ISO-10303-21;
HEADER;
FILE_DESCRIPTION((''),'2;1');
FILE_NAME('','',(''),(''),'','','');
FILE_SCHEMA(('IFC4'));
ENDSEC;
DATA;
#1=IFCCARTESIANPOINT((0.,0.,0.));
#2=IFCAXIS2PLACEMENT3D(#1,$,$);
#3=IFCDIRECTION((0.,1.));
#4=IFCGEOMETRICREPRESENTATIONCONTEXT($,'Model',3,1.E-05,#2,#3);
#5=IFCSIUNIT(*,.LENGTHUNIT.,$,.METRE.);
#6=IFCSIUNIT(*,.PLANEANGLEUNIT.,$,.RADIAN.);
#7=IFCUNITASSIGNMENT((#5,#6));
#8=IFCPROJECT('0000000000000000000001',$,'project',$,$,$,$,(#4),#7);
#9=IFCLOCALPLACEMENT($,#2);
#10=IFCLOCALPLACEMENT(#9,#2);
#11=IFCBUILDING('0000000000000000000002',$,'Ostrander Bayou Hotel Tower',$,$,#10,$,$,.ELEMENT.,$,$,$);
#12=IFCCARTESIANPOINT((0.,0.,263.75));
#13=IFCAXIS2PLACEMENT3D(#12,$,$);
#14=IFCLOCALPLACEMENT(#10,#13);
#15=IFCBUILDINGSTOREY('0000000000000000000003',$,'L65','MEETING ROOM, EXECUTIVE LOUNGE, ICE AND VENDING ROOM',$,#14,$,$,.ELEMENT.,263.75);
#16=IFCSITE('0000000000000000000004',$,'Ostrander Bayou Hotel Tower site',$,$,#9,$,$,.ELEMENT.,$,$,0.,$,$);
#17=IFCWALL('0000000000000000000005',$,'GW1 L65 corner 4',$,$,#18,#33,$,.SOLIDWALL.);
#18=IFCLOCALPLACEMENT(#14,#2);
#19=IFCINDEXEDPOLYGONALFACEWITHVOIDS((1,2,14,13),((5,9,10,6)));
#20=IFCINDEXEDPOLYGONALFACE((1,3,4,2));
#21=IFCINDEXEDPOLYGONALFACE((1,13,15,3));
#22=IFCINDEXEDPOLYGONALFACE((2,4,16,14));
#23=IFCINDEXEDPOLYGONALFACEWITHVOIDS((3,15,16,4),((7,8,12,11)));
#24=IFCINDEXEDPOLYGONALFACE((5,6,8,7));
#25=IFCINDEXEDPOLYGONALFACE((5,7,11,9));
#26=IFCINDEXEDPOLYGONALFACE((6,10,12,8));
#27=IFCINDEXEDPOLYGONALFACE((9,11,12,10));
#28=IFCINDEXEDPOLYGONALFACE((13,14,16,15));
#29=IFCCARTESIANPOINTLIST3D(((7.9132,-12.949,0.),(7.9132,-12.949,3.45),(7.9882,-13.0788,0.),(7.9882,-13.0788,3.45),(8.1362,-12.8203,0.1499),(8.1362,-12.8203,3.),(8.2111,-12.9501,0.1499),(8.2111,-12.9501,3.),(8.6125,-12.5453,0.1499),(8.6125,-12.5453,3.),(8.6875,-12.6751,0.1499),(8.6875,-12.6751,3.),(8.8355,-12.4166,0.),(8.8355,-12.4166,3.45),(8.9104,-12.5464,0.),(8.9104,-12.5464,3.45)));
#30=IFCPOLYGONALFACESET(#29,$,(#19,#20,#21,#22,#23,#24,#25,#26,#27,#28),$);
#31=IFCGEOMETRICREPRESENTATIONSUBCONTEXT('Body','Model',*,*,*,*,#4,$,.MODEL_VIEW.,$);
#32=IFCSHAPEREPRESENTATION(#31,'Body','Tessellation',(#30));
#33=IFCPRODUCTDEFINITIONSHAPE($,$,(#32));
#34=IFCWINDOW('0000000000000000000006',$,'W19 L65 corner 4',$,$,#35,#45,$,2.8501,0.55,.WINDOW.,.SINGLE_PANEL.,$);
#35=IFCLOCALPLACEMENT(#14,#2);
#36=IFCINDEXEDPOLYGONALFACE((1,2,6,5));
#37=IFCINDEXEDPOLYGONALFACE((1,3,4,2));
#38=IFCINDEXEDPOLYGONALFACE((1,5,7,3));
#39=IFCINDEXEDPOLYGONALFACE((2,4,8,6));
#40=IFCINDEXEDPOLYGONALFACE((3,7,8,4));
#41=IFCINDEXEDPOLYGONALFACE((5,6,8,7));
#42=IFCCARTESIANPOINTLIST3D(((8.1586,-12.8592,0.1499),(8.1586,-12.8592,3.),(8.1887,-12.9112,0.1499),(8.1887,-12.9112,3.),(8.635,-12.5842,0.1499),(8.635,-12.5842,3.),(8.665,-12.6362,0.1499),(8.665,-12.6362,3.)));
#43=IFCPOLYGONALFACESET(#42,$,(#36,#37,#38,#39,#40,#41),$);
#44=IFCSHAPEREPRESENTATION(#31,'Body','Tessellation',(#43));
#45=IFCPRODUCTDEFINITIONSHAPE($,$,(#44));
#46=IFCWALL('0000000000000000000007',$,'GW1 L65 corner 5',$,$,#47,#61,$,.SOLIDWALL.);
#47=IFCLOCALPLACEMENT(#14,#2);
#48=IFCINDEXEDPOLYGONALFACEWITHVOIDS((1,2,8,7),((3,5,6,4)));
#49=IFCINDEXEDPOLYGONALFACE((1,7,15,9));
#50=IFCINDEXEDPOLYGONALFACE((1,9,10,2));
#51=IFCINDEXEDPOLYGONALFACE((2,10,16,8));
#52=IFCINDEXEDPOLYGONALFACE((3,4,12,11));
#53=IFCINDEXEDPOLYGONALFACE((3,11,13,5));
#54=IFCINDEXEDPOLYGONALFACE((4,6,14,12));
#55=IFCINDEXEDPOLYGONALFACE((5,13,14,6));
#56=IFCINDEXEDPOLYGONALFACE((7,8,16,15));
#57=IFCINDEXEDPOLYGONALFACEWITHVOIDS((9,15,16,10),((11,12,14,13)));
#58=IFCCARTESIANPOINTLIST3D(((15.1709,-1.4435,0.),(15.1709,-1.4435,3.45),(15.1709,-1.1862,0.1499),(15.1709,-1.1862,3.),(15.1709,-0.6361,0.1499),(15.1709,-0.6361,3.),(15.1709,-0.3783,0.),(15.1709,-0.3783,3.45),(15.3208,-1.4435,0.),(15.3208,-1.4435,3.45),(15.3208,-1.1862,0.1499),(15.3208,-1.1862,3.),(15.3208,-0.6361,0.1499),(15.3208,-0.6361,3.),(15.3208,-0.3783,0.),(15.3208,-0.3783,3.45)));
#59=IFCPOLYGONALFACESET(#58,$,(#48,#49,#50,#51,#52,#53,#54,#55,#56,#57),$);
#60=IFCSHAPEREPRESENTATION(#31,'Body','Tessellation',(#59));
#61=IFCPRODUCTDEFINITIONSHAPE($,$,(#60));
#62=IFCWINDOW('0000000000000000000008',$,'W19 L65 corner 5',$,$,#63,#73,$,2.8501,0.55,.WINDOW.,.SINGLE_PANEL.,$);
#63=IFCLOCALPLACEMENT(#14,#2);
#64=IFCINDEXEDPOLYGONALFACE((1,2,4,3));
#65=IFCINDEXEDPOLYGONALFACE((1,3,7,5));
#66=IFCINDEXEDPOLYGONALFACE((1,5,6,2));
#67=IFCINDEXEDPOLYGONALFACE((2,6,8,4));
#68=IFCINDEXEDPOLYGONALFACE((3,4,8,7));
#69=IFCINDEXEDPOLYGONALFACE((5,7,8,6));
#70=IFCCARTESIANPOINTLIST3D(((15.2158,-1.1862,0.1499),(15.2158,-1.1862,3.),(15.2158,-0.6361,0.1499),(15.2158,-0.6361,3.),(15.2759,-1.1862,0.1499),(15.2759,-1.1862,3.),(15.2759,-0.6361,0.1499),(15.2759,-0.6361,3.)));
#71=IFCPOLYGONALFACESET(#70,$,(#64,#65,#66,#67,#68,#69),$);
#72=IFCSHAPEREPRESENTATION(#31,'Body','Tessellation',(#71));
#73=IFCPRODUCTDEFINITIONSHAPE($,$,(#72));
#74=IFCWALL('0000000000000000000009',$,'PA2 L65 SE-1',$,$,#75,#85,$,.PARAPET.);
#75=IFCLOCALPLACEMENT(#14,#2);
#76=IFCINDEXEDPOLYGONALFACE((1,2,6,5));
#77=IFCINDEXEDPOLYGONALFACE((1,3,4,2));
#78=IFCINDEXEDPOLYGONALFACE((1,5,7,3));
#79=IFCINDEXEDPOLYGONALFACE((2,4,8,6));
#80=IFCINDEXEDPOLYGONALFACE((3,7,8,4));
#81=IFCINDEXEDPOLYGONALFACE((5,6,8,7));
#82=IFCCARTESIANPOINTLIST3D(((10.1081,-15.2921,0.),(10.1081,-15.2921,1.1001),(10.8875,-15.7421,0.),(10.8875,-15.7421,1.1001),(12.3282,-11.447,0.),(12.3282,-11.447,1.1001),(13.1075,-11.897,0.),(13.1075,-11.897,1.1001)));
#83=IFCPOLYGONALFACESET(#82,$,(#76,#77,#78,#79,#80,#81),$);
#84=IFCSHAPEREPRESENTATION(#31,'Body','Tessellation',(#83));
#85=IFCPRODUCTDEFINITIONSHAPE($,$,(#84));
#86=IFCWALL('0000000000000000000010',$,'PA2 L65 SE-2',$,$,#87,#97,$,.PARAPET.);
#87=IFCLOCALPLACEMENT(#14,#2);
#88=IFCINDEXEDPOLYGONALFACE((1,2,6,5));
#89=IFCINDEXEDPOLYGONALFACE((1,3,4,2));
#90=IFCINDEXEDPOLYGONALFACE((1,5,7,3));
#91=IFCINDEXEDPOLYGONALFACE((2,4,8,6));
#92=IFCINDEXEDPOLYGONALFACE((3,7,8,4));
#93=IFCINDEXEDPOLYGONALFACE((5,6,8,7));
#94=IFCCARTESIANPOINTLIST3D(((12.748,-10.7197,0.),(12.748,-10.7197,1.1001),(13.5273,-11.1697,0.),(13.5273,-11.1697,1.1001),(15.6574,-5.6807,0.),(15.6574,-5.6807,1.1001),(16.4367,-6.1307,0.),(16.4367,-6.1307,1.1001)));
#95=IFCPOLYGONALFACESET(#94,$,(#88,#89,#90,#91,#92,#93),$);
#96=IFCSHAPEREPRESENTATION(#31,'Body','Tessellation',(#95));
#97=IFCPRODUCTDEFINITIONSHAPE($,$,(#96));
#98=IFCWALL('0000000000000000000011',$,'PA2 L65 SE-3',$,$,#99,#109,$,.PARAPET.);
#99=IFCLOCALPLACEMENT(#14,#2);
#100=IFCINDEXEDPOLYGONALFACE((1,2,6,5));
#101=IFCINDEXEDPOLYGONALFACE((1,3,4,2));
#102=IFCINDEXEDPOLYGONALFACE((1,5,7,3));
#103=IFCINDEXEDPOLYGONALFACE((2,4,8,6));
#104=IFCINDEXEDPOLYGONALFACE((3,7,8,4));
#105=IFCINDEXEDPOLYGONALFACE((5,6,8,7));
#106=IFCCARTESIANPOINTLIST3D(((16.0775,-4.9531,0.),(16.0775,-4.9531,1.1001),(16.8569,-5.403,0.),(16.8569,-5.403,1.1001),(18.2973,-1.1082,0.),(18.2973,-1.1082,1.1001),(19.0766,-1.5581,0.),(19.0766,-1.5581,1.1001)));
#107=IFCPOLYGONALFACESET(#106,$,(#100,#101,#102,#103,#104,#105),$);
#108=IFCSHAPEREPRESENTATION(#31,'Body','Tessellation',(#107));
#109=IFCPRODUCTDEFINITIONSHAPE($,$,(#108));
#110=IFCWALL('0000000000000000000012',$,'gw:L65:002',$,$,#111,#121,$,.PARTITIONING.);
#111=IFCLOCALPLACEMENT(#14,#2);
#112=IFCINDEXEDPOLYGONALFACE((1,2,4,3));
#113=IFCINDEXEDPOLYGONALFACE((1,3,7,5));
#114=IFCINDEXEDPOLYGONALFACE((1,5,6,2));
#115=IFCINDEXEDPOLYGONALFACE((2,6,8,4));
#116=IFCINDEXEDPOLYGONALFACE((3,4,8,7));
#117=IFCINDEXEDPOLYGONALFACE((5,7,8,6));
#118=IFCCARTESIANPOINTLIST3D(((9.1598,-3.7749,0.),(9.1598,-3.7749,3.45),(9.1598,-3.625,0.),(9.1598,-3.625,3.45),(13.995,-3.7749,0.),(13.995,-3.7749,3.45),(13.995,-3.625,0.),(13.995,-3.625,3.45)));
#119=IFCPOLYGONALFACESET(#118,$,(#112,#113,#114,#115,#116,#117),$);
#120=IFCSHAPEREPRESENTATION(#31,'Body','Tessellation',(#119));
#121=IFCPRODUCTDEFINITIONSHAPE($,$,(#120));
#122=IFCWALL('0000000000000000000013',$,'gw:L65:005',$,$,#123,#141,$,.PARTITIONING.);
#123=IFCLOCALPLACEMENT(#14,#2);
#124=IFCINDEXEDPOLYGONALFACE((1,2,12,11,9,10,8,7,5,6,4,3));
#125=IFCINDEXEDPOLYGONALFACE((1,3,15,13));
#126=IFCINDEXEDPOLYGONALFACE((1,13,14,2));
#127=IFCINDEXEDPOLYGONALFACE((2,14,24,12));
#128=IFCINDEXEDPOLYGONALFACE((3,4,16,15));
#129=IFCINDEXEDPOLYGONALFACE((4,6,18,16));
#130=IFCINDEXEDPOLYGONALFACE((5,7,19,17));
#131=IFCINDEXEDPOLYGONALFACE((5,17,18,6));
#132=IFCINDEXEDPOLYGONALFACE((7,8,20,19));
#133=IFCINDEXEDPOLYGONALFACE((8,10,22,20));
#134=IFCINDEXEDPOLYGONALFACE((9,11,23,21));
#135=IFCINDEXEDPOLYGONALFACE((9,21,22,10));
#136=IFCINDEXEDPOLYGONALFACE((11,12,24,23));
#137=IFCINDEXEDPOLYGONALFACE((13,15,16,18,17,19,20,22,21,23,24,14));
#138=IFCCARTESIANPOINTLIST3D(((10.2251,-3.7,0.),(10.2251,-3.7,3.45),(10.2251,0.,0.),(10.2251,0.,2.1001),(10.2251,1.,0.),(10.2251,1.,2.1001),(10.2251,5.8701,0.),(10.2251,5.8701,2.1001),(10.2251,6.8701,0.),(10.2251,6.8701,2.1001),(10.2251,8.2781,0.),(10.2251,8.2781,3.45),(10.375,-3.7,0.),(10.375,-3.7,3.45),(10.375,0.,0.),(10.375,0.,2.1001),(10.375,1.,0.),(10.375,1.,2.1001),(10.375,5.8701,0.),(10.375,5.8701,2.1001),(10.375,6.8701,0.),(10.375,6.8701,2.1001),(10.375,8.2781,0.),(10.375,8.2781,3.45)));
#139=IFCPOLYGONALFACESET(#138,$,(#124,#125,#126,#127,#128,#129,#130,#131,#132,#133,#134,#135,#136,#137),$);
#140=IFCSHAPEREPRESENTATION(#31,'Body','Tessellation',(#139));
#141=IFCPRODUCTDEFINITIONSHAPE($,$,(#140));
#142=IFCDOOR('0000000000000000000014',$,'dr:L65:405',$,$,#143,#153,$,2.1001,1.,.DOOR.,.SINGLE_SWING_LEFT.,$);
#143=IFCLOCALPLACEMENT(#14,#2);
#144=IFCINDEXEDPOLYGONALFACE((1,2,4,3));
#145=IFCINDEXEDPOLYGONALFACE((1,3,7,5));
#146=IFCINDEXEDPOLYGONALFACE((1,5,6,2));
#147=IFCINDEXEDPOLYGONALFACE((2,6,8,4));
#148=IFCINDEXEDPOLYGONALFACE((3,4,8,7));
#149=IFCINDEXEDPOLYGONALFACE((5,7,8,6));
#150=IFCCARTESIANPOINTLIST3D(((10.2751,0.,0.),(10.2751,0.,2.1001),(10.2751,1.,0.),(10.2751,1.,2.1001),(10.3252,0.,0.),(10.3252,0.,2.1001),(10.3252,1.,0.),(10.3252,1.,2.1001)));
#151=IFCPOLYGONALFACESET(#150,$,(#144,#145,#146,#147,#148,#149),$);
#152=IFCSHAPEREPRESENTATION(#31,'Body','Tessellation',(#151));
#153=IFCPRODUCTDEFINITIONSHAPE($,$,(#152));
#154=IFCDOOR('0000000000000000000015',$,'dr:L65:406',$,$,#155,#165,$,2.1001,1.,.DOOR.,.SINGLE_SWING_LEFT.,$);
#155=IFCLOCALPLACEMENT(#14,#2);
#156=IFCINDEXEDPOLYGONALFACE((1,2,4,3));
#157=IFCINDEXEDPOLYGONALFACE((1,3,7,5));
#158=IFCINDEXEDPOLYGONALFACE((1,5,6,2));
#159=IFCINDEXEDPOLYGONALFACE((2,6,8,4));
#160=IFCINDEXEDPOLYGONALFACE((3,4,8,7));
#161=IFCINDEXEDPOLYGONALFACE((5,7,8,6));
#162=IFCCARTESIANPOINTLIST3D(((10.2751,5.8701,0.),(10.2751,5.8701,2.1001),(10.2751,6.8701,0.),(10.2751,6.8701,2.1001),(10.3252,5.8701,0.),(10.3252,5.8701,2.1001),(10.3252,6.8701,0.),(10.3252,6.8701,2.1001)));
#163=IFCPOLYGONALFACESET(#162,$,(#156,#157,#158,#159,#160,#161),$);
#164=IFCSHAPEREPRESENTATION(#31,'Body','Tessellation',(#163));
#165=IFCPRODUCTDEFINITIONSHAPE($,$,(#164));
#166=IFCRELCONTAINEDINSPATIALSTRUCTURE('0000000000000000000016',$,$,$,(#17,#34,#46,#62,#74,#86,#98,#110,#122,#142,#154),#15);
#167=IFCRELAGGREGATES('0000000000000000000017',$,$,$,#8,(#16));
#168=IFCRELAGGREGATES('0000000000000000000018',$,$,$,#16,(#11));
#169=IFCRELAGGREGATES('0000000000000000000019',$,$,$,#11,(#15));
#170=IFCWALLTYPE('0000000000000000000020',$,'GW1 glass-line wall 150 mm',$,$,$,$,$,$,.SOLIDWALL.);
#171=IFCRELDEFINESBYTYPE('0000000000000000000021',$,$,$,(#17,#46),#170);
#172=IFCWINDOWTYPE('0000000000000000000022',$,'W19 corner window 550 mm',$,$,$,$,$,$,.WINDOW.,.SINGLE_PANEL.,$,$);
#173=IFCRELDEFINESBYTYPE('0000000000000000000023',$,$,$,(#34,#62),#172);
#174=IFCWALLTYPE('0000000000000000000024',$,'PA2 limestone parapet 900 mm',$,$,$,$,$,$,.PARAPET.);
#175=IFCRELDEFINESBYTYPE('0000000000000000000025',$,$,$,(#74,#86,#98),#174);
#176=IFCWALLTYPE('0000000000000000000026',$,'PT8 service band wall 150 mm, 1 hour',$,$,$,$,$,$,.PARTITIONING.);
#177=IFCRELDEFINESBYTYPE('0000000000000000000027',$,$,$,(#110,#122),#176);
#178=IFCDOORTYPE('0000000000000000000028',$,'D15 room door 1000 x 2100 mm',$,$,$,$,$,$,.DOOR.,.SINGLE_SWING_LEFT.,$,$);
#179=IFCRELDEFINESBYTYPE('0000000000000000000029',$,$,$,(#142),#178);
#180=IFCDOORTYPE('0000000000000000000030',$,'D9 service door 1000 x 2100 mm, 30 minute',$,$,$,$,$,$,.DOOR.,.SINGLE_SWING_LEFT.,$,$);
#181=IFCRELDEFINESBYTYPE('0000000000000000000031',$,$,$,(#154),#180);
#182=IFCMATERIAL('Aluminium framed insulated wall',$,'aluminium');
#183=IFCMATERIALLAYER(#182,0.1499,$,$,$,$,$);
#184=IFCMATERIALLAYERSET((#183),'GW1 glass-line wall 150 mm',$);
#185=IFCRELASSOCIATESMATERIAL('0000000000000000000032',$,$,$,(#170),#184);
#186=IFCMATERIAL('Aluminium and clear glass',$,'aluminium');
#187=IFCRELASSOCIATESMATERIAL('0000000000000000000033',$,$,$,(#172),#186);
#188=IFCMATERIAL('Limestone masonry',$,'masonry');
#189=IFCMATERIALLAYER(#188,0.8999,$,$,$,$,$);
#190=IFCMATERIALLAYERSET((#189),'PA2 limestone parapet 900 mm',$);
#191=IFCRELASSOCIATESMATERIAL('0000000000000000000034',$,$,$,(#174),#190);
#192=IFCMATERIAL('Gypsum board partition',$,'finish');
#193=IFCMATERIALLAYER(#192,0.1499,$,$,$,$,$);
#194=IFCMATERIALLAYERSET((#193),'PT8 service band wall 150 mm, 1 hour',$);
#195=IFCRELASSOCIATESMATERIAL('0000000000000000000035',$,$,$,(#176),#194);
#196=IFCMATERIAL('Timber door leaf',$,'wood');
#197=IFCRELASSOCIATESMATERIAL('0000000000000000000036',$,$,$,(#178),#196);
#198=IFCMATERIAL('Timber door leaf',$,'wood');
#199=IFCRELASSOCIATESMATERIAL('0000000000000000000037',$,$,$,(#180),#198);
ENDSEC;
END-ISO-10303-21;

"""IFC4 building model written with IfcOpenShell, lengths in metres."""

from ifc_helpers import new_model, si_unit, direction, frame, frame_2d, origin, place, context, subcontext, project, spatial, rectangle, extrude, material, layer, layer_set, type_object, element, fill, save


model = new_model("IFC4")

# Units and contexts
model_context = context("Model", 3, precision=1e-05, world=origin(), true_north=direction((0.0, 1.0)))
body_context = subcontext(model_context, "Body", "Model", "MODEL_VIEW")
ifc_project = project(units=[si_unit("LENGTHUNIT", "METRE"), si_unit("PLANEANGLEUNIT", "RADIAN")], contexts=[model_context])

# Site, building, storey
site_placement = place(None, origin())
site = spatial("IfcSite", under=ifc_project, at=site_placement, Name="Ostrander Bayou Hotel Tower site", CompositionType="ELEMENT", RefElevation=0.0)
building_placement = place(site_placement, origin())
building = spatial("IfcBuilding", under=site, at=building_placement, Name="Ostrander Bayou Hotel Tower", CompositionType="ELEMENT")
storey_placement = place(building_placement, frame((0.0, 0.0, 263.75)))
storey = spatial("IfcBuildingStorey", under=building, at=storey_placement, Name="L65", Description="MEETING ROOM, EXECUTIVE LOUNGE, ICE AND VENDING ROOM", CompositionType="ELEMENT", Elevation=263.75)

# Shared definitions
ifc_material_1 = material(Name="Aluminium framed insulated wall", Category="aluminium")
ifc_layer_1 = layer(ifc_material_1, 0.1499)
ifc_layer_set_1 = layer_set([ifc_layer_1], Name="GW1 glass-line wall 150 mm")
wall_type_1 = type_object("IfcWallType", Name="GW1 glass-line wall 150 mm", PredefinedType="SOLIDWALL", material=ifc_layer_set_1)

# Walls, openings, windows
wall_1_placement = place(storey_placement, frame((7.9507, -13.0139, 0.0), z_axis=(0.0, 0.0, 1.0), x_axis=(0.866048, 0.499961, 0.0)))
wall_1 = element("IfcWall", 1, at=wall_1_placement, inside=storey, type_object=wall_type_1, Name="GW1 L65 corner 4", PredefinedType="SOLIDWALL", context=body_context, shape_type="SweptSolid", body=[
    extrude(rectangle(XDim=1.0649, YDim=0.1499, at=frame_2d((0.5325, 0.0))), origin(), (0.0, 0.0, 1.0), 3.45),
])
opening_1_placement = place(wall_1_placement, frame((0.2576, 0.0, 0.1499)))
opening_1 = element("IfcOpeningElement", 2, at=opening_1_placement, cuts=wall_1, PredefinedType="OPENING", context=body_context, shape_type="SweptSolid", body=[
    extrude(rectangle(XDim=0.55, YDim=2.8501, at=frame_2d((0.2749, 1.425))), frame((0.0, 0.075, 0.0), z_axis=(0.0, -1.0, 0.0), x_axis=(1.0, 0.0, 0.0)), (0.0, 0.0, 1.0), 0.1499),
])
ifc_material_2 = material(Name="Aluminium and clear glass", Category="aluminium")
window_type_1 = type_object("IfcWindowType", Name="W19 corner window 550 mm", PartitioningType="SINGLE_PANEL", PredefinedType="WINDOW", material=ifc_material_2)
window_1_placement = place(opening_1_placement, origin())
window_1 = element("IfcWindow", 3, at=window_1_placement, inside=storey, type_object=window_type_1, Name="W19 L65 corner 4", OverallHeight=2.8501, OverallWidth=0.55, PartitioningType="SINGLE_PANEL", PredefinedType="WINDOW", context=body_context, shape_type="SweptSolid", body=[
    extrude(rectangle(XDim=0.55, YDim=2.8501, at=frame_2d((0.2749, 1.425))), frame((0.0, 0.03, 0.0), z_axis=(0.0, -1.0, 0.0), x_axis=(1.0, 0.0, 0.0)), (0.0, 0.0, 1.0), 0.0601),
])
fill(opening_1, window_1)
wall_2_placement = place(storey_placement, frame((15.2458, -1.4436, 0.0), z_axis=(0.0, 0.0, 1.0), x_axis=(0.0, 1.0, 0.0)))
wall_2 = element("IfcWall", 4, at=wall_2_placement, inside=storey, type_object=wall_type_1, Name="GW1 L65 corner 5", PredefinedType="SOLIDWALL", context=body_context, shape_type="SweptSolid", body=[
    extrude(rectangle(XDim=1.0652, YDim=0.1499, at=frame_2d((0.5327, 0.0))), origin(), (0.0, 0.0, 1.0), 3.45),
])
opening_2_placement = place(wall_2_placement, frame((0.2576, 0.0, 0.1499)))
opening_2 = element("IfcOpeningElement", 5, at=opening_2_placement, cuts=wall_2, PredefinedType="OPENING", context=body_context, shape_type="SweptSolid", body=[
    extrude(rectangle(XDim=0.55, YDim=2.8501, at=frame_2d((0.2749, 1.425))), frame((0.0, 0.075, 0.0), z_axis=(0.0, -1.0, 0.0), x_axis=(1.0, 0.0, 0.0)), (0.0, 0.0, 1.0), 0.1499),
])
window_2_placement = place(opening_2_placement, origin())
window_2 = element("IfcWindow", 6, at=window_2_placement, inside=storey, type_object=window_type_1, Name="W19 L65 corner 5", OverallHeight=2.8501, OverallWidth=0.55, PartitioningType="SINGLE_PANEL", PredefinedType="WINDOW", context=body_context, shape_type="SweptSolid", body=[
    extrude(rectangle(XDim=0.55, YDim=2.8501, at=frame_2d((0.2749, 1.425))), frame((0.0, 0.03, 0.0), z_axis=(0.0, -1.0, 0.0), x_axis=(1.0, 0.0, 0.0)), (0.0, 0.0, 1.0), 0.0601),
])
fill(opening_2, window_2)

# Walls
ifc_material_3 = material(Name="Limestone masonry", Category="masonry")
ifc_layer_2 = layer(ifc_material_3, 0.8999)
ifc_layer_set_2 = layer_set([ifc_layer_2], Name="PA2 limestone parapet 900 mm")
wall_type_2 = type_object("IfcWallType", Name="PA2 limestone parapet 900 mm", PredefinedType="PARAPET", material=ifc_layer_set_2)
wall_3_placement = place(storey_placement, frame((10.4978, -15.5171, 0.0), z_axis=(0.0, 0.0, 1.0), x_axis=(0.500013, 0.866018, 0.0)))
element("IfcWall", 7, at=wall_3_placement, inside=storey, type_object=wall_type_2, Name="PA2 L65 SE-1", PredefinedType="PARAPET", context=body_context, shape_type="SweptSolid", body=[
    extrude(rectangle(XDim=4.4399, YDim=0.8999, at=frame_2d((2.22, 0.0))), origin(), (0.0, 0.0, 1.0), 1.1001),
])
wall_4_placement = place(storey_placement, frame((13.1377, -10.9446, 0.0), z_axis=(0.0, 0.0, 1.0), x_axis=(0.500015, 0.866016, 0.0)))
element("IfcWall", 8, at=wall_4_placement, inside=storey, type_object=wall_type_2, Name="PA2 L65 SE-2", PredefinedType="PARAPET", context=body_context, shape_type="SweptSolid", body=[
    extrude(rectangle(XDim=5.8186, YDim=0.8999, at=frame_2d((2.9092, 0.0))), origin(), (0.0, 0.0, 1.0), 1.1001),
])
wall_5_placement = place(storey_placement, frame((16.4673, -5.178, 0.0), z_axis=(0.0, 0.0, 1.0), x_axis=(0.499972, 0.866042, 0.0)))
element("IfcWall", 9, at=wall_5_placement, inside=storey, type_object=wall_type_2, Name="PA2 L65 SE-3", PredefinedType="PARAPET", context=body_context, shape_type="SweptSolid", body=[
    extrude(rectangle(XDim=4.4397, YDim=0.8999, at=frame_2d((2.2197, 0.0))), origin(), (0.0, 0.0, 1.0), 1.1001),
])
ifc_material_4 = material(Name="Gypsum board partition", Category="finish")
ifc_layer_3 = layer(ifc_material_4, 0.1499)
ifc_layer_set_3 = layer_set([ifc_layer_3], Name="PT8 service band wall 150 mm, 1 hour")
wall_type_3 = type_object("IfcWallType", Name="PT8 service band wall 150 mm, 1 hour", PredefinedType="PARTITIONING", material=ifc_layer_set_3)
wall_6_placement = place(storey_placement, frame((9.1599, -3.7, 0.0), z_axis=(0.0, 0.0, 1.0), x_axis=(1.0, 0.0, 0.0)))
element("IfcWall", 10, at=wall_6_placement, inside=storey, type_object=wall_type_3, Name="gw:L65:002", PredefinedType="PARTITIONING", context=body_context, shape_type="SweptSolid", body=[
    extrude(rectangle(XDim=4.8352, YDim=0.1499, at=frame_2d((2.4175, 0.0))), origin(), (0.0, 0.0, 1.0), 3.45),
])

# Wall, openings, doors
wall_7_placement = place(storey_placement, frame((10.3, -3.7, 0.0), z_axis=(0.0, 0.0, 1.0), x_axis=(0.0, 1.0, 0.0)))
wall_7 = element("IfcWall", 11, at=wall_7_placement, inside=storey, type_object=wall_type_3, Name="gw:L65:005", PredefinedType="PARTITIONING", context=body_context, shape_type="SweptSolid", body=[
    extrude(rectangle(XDim=11.978, YDim=0.1499, at=frame_2d((5.989, 0.0))), origin(), (0.0, 0.0, 1.0), 3.45),
])
opening_3_placement = place(wall_7_placement, frame((3.7, 0.0, 0.0)))
opening_3 = element("IfcOpeningElement", 12, at=opening_3_placement, cuts=wall_7, PredefinedType="OPENING", context=body_context, shape_type="SweptSolid", body=[
    extrude(rectangle(XDim=1.0, YDim=2.1001, at=frame_2d((0.5, 1.05))), frame((0.0, 0.075, 0.0), z_axis=(0.0, -1.0, 0.0), x_axis=(1.0, 0.0, 0.0)), (0.0, 0.0, 1.0), 0.1499),
])
opening_4_placement = place(wall_7_placement, frame((9.5701, 0.0, 0.0)))
opening_4 = element("IfcOpeningElement", 13, at=opening_4_placement, cuts=wall_7, PredefinedType="OPENING", context=body_context, shape_type="SweptSolid", body=[
    extrude(rectangle(XDim=1.0, YDim=2.1001, at=frame_2d((0.5, 1.05))), frame((0.0, 0.075, 0.0), z_axis=(0.0, -1.0, 0.0), x_axis=(1.0, 0.0, 0.0)), (0.0, 0.0, 1.0), 0.1499),
])
ifc_material_5 = material(Name="Timber door leaf", Category="wood")
door_type_1 = type_object("IfcDoorType", Name="D15 room door 1000 x 2100 mm", OperationType="SINGLE_SWING_LEFT", PredefinedType="DOOR", material=ifc_material_5)
door_1_placement = place(opening_3_placement, origin())
door_1 = element("IfcDoor", 14, at=door_1_placement, inside=storey, type_object=door_type_1, Name="dr:L65:405", OperationType="SINGLE_SWING_LEFT", OverallHeight=2.1001, OverallWidth=1.0, PredefinedType="DOOR", context=body_context, shape_type="SweptSolid", body=[
    extrude(rectangle(XDim=1.0, YDim=2.1001, at=frame_2d((0.5, 1.05))), frame((0.0, 0.0249, 0.0), z_axis=(0.0, -1.0, 0.0), x_axis=(1.0, 0.0, 0.0)), (0.0, 0.0, 1.0), 0.05),
])
fill(opening_3, door_1)
ifc_material_6 = material(Name="Timber door leaf", Category="wood")
door_type_2 = type_object("IfcDoorType", Name="D9 service door 1000 x 2100 mm, 30 minute", OperationType="SINGLE_SWING_LEFT", PredefinedType="DOOR", material=ifc_material_6)
door_2_placement = place(opening_4_placement, origin())
door_2 = element("IfcDoor", 15, at=door_2_placement, inside=storey, type_object=door_type_2, Name="dr:L65:406", OperationType="SINGLE_SWING_LEFT", OverallHeight=2.1001, OverallWidth=1.0, PredefinedType="DOOR", context=body_context, shape_type="SweptSolid", body=[
    extrude(rectangle(XDim=1.0, YDim=2.1001, at=frame_2d((0.5, 1.05))), frame((0.0, 0.0249, 0.0), z_axis=(0.0, -1.0, 0.0), x_axis=(1.0, 0.0, 0.0)), (0.0, 0.0, 1.0), 0.05),
])
fill(opening_4, door_2)

save(model, "model.ifc")
